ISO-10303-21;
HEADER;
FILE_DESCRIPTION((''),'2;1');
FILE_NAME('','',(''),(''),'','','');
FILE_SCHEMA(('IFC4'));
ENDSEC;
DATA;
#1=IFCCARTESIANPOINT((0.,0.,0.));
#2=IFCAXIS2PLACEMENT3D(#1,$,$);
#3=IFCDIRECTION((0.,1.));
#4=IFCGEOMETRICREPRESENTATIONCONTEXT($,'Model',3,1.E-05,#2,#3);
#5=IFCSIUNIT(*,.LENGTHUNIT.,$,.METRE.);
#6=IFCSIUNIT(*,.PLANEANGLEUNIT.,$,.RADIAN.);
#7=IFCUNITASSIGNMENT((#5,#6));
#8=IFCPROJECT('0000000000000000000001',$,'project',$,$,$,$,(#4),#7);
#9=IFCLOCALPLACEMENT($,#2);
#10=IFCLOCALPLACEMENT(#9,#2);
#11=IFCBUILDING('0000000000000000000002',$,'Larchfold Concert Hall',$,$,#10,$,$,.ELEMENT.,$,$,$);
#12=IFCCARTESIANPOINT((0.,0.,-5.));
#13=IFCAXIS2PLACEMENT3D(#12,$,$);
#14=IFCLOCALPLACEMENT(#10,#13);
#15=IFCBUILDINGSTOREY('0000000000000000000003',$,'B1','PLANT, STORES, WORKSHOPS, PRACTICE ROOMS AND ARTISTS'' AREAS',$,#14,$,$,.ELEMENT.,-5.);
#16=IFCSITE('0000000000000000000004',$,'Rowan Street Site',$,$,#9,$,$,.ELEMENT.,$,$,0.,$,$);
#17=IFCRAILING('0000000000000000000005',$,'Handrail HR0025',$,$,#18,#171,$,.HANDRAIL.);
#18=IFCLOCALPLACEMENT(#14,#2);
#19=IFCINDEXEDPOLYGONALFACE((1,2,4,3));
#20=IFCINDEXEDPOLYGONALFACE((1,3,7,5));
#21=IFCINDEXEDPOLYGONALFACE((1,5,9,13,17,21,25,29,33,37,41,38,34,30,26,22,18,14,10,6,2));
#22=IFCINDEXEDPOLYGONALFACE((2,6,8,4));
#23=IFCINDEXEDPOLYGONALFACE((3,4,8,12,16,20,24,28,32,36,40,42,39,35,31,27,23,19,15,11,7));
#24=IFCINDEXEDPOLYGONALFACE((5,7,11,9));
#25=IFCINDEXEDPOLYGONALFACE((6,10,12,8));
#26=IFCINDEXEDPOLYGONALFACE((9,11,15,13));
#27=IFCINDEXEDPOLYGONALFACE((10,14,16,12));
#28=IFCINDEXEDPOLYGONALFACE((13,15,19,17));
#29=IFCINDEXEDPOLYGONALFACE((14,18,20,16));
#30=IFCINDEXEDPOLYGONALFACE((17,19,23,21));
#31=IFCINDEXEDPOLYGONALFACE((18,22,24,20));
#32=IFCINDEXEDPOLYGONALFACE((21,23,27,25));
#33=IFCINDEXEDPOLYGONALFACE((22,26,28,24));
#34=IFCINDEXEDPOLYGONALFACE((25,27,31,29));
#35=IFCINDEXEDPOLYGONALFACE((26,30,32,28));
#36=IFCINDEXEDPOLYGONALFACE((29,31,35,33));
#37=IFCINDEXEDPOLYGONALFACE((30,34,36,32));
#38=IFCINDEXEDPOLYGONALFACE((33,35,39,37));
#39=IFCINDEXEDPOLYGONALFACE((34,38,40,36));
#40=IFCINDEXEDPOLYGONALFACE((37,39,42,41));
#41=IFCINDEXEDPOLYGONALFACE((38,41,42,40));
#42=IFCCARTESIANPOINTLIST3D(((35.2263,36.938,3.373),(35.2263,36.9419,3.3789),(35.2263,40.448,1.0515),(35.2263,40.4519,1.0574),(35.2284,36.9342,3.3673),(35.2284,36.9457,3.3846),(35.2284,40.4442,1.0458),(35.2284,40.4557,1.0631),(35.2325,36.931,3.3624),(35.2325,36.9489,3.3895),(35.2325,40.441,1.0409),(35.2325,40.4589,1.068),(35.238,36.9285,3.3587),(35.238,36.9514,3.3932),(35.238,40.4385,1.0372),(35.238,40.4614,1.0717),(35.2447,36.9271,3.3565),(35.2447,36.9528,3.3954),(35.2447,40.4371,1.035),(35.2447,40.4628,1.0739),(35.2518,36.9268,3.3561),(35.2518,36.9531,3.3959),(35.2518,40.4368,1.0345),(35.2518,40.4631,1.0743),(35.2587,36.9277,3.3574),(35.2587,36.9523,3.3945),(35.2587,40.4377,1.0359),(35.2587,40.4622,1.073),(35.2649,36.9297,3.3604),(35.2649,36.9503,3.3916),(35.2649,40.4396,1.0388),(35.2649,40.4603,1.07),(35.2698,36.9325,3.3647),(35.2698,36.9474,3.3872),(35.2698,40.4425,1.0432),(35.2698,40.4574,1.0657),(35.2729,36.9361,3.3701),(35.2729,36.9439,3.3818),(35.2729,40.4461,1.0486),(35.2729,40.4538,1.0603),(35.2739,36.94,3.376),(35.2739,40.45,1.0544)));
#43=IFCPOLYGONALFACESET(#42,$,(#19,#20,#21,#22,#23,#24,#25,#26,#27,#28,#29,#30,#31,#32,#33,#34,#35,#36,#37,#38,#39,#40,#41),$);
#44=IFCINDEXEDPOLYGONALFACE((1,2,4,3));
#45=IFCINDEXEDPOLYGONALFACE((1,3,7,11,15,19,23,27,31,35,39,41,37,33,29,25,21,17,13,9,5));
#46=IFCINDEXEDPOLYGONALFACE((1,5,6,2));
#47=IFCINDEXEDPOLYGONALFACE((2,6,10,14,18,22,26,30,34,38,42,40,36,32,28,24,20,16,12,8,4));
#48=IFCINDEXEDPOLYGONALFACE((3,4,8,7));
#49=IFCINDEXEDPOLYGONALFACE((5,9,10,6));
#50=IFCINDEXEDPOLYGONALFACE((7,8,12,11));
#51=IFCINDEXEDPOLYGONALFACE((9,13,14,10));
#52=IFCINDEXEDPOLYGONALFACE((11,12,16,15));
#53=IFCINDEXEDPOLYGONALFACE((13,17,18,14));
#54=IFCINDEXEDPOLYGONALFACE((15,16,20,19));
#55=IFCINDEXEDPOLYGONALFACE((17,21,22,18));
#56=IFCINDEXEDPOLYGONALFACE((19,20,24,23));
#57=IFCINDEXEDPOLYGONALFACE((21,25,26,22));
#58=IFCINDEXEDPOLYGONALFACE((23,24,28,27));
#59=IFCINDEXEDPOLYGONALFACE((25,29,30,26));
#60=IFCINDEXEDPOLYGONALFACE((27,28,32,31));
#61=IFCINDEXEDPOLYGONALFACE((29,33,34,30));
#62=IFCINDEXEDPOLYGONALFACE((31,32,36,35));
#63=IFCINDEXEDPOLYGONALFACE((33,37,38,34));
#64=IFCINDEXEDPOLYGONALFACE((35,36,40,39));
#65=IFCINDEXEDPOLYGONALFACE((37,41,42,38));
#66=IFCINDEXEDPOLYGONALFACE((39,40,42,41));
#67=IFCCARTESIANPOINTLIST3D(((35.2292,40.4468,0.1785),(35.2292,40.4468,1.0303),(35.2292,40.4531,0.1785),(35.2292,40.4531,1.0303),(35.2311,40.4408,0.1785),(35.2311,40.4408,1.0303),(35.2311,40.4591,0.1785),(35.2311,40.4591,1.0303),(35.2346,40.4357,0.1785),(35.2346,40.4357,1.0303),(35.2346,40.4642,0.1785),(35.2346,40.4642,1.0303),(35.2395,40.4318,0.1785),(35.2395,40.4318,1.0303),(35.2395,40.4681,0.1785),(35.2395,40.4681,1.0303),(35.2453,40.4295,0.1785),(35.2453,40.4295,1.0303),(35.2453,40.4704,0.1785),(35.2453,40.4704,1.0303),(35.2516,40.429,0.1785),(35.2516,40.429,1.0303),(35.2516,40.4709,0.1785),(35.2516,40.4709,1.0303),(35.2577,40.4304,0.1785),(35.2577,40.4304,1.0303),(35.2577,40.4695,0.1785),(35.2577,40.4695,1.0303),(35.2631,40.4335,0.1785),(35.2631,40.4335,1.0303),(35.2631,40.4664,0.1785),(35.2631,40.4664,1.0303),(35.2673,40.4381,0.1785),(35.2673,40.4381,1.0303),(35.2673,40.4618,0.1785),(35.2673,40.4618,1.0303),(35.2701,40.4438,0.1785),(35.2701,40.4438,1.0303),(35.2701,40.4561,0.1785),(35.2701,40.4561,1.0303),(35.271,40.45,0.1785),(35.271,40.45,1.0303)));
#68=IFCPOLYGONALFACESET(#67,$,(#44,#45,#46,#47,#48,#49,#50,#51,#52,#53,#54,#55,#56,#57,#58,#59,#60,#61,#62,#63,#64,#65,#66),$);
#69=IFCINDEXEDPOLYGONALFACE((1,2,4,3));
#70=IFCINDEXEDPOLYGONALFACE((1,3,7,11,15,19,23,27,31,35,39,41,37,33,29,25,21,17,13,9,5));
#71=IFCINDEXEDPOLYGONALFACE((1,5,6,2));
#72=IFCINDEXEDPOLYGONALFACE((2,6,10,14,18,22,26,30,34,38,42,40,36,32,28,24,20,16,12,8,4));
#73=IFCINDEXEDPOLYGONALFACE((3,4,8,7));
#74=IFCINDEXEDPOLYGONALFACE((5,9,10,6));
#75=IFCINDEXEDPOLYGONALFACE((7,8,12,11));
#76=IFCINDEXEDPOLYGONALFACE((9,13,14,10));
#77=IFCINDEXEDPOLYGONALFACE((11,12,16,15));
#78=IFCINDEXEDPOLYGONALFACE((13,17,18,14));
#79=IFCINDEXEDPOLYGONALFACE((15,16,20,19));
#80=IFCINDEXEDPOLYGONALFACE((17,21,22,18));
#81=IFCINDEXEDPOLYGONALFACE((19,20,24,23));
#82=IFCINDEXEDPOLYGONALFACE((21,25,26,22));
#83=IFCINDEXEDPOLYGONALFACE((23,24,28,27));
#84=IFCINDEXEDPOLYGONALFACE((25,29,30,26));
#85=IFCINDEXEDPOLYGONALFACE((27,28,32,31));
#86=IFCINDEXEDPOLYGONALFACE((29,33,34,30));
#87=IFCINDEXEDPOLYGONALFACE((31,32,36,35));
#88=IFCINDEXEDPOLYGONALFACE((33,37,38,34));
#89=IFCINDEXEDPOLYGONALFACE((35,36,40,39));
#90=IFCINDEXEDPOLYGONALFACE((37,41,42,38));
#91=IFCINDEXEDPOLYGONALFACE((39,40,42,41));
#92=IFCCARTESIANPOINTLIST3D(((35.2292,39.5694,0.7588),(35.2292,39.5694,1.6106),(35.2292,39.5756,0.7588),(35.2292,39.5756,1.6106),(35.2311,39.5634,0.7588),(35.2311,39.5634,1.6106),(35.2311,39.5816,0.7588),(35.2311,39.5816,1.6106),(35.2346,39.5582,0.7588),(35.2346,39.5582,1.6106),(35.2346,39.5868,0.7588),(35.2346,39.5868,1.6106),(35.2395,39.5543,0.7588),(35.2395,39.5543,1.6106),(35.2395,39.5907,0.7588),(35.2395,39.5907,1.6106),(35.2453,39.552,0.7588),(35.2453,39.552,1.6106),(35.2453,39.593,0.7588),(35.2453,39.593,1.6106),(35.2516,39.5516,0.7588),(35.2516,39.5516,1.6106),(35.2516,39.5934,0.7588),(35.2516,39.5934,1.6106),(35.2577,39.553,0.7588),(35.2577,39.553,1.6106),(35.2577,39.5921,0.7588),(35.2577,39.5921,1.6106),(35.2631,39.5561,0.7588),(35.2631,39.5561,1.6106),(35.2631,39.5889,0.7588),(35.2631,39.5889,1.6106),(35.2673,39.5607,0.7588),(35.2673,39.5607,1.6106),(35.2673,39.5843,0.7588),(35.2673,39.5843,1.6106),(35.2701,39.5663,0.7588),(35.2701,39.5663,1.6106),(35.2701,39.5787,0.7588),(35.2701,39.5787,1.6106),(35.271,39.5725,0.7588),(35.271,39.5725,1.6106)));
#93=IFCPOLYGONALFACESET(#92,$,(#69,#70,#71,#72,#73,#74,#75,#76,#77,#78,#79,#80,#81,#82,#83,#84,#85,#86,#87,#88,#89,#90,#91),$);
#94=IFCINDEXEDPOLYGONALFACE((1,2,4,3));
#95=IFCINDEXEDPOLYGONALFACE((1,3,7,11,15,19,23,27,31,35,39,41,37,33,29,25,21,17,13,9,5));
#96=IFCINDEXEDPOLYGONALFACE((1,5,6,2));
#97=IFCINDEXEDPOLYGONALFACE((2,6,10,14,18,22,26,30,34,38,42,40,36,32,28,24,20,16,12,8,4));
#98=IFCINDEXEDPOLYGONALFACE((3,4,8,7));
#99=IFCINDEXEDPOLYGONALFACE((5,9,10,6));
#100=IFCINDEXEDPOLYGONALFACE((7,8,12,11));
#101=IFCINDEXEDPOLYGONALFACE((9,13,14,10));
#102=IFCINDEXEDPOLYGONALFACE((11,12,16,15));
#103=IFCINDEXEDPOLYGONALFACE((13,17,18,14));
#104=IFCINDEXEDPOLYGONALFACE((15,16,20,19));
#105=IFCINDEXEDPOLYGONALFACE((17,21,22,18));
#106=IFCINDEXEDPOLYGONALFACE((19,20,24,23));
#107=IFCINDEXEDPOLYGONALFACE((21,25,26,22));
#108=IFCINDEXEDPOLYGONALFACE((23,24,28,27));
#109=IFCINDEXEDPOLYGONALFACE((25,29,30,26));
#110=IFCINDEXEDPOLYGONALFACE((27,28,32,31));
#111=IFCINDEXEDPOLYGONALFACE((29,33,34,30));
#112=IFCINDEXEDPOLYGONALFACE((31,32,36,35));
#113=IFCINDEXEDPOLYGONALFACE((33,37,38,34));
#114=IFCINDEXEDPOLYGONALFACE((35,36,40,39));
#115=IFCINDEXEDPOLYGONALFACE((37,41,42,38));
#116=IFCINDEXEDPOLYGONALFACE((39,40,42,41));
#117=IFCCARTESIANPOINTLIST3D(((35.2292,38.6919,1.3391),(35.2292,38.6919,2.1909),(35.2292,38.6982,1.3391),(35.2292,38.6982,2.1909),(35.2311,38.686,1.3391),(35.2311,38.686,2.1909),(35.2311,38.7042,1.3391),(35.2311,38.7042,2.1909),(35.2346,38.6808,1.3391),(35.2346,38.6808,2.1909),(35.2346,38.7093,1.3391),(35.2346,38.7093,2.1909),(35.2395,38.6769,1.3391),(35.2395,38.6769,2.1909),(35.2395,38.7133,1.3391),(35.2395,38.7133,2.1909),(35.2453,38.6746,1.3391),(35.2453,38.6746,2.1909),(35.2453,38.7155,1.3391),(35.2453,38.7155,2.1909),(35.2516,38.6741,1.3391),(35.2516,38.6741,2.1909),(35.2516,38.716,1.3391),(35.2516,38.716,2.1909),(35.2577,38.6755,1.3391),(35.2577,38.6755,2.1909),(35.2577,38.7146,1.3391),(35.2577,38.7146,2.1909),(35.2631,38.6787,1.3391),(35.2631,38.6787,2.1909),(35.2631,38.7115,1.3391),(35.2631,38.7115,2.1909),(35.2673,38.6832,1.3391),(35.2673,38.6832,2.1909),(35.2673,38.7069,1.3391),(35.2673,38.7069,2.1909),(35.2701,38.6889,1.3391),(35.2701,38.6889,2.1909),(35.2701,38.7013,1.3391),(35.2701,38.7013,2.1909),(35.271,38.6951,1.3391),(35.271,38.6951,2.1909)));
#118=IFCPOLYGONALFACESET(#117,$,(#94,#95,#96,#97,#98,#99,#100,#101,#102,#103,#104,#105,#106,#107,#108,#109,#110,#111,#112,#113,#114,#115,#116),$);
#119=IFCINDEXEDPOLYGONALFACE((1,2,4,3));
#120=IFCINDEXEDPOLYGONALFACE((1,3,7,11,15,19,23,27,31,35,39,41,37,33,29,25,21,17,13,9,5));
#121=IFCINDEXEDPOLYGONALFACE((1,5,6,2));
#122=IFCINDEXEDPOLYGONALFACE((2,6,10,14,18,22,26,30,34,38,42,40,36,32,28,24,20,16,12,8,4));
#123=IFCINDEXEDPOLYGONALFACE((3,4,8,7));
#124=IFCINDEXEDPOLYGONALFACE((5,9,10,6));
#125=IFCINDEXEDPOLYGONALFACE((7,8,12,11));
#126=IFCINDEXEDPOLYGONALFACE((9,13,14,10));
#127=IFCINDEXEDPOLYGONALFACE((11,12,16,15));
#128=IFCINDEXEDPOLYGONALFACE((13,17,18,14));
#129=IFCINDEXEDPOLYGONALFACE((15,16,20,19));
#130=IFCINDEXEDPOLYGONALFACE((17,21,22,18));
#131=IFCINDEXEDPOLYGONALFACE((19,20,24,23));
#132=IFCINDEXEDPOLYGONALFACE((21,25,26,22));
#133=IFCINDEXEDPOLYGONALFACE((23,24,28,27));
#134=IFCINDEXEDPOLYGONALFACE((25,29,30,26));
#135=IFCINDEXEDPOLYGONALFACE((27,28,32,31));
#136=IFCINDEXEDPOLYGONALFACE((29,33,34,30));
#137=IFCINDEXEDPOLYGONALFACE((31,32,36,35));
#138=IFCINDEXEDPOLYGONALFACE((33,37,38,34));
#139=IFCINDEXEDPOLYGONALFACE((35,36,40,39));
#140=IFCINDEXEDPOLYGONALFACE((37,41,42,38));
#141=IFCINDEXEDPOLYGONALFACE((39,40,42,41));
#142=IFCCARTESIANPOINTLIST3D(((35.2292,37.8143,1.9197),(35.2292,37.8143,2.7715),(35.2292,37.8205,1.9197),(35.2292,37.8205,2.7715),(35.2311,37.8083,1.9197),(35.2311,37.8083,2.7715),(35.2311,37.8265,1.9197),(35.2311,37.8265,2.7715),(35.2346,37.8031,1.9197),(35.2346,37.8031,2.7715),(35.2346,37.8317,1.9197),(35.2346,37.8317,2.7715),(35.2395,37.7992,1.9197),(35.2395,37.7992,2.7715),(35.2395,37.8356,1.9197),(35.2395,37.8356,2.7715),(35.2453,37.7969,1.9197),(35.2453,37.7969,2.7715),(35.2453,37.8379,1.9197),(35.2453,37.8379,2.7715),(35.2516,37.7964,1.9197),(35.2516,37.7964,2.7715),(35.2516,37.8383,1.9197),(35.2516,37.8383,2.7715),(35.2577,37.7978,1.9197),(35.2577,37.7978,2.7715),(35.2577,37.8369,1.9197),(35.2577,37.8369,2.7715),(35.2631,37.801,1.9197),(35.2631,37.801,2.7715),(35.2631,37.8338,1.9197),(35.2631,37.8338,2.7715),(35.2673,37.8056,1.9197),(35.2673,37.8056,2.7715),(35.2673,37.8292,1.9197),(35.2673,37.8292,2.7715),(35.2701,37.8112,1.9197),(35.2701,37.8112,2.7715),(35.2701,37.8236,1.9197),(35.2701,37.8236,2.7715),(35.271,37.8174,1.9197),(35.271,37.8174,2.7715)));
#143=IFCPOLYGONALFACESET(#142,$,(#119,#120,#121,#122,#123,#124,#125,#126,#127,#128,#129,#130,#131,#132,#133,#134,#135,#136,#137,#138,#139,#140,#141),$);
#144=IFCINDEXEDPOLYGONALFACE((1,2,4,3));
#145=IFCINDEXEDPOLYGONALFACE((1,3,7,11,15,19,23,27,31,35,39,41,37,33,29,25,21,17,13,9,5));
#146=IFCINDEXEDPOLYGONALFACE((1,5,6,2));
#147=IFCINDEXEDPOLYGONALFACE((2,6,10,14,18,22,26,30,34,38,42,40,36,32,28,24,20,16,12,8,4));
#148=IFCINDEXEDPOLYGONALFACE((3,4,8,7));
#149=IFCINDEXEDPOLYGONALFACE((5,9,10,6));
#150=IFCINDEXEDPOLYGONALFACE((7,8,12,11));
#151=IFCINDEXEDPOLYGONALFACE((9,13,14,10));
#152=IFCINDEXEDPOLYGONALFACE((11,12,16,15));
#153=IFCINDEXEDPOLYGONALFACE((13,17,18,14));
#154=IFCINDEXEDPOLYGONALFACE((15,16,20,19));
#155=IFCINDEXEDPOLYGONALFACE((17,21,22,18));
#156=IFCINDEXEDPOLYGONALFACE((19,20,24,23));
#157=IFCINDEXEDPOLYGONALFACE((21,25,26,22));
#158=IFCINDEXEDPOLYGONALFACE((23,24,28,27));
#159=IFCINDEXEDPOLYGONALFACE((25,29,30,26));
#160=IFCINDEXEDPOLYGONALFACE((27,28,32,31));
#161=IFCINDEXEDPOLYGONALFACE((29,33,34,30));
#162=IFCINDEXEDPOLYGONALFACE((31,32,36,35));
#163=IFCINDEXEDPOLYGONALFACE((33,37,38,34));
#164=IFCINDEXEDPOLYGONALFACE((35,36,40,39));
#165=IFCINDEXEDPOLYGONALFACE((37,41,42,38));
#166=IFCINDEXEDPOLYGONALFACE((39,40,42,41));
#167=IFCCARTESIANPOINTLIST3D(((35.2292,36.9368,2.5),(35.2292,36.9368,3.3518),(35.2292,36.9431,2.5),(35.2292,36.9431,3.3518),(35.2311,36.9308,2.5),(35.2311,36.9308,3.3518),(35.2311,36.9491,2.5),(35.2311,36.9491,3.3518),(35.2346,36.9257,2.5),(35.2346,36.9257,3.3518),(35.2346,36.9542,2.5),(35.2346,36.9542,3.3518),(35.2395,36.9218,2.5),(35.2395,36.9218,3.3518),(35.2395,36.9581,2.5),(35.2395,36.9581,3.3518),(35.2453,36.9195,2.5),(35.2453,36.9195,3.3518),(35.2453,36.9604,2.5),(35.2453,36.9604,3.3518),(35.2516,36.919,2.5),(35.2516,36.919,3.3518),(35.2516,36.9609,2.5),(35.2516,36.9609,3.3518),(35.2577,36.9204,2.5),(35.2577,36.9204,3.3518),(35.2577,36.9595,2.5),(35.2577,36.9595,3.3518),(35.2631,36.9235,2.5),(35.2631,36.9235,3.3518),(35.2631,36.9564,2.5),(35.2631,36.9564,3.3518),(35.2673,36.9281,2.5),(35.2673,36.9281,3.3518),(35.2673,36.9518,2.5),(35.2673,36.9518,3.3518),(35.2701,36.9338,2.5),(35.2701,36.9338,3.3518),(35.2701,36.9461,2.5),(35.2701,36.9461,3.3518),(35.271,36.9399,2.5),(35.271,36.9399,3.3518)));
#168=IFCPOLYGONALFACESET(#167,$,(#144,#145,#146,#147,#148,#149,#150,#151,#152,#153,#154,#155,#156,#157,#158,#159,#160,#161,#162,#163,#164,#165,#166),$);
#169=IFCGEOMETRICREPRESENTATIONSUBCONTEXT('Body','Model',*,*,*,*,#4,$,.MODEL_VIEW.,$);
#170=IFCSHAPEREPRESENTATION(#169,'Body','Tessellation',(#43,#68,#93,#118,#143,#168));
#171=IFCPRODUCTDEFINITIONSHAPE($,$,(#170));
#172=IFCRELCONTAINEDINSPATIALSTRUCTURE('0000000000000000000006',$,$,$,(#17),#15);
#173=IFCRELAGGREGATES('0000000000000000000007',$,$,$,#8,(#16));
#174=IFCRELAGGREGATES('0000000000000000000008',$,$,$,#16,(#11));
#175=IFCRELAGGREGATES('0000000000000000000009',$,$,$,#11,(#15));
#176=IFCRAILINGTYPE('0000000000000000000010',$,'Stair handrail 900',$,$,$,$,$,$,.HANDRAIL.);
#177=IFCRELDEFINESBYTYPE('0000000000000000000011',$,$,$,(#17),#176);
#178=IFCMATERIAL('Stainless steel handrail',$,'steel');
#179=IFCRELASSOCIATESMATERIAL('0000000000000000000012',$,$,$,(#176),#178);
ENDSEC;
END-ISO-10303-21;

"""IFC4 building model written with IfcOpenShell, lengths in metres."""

from ifc_helpers import new_model, si_unit, direction, frame, origin, origin_2d, place, context, subcontext, project, spatial, circle, extrude, material, type_object, element, save


model = new_model("IFC4")

# Units and contexts
model_context = context("Model", 3, precision=1e-05, world=origin(), true_north=direction((0.0, 1.0)))
body_context = subcontext(model_context, "Body", "Model", "MODEL_VIEW")
ifc_project = project(units=[si_unit("LENGTHUNIT", "METRE"), si_unit("PLANEANGLEUNIT", "RADIAN")], contexts=[model_context])

# Site, building, storey
site_placement = place(None, origin())
site = spatial("IfcSite", under=ifc_project, at=site_placement, Name="Rowan Street Site", CompositionType="ELEMENT", RefElevation=0.0)
building_placement = place(site_placement, origin())
building = spatial("IfcBuilding", under=site, at=building_placement, Name="Larchfold Concert Hall", CompositionType="ELEMENT")
storey_placement = place(building_placement, frame((0.0, 0.0, -5.0)))
storey = spatial("IfcBuildingStorey", under=building, at=storey_placement, Name="B1", Description="PLANT, STORES, WORKSHOPS, PRACTICE ROOMS AND ARTISTS' AREAS", CompositionType="ELEMENT", Elevation=-5.0)

# Railing
ifc_material_1 = material(Name="Stainless steel handrail", Category="steel")
railing_type_1 = type_object("IfcRailingType", Name="Stair handrail 900", PredefinedType="HANDRAIL", material=ifc_material_1)
railing_1_placement = place(storey_placement, frame((35.25, 40.45, 0.1785)))
element("IfcRailing", 1, at=railing_1_placement, inside=storey, type_object=railing_type_1, Name="Handrail HR0025", PredefinedType="HANDRAIL", context=body_context, shape_type="SweptSolid", body=[
    extrude(circle(Radius=0.0239, at=origin_2d()), frame((0.0, 0.0, 0.876), z_axis=(0.0, -0.834071, 0.551657), x_axis=(1.0, 0.0, 0.0)), (0.0, 0.0, 1.0), 4.2083),
    extrude(circle(Radius=0.021, at=origin_2d()), origin(), (0.0, 0.0, 1.0), 0.8518),
    extrude(circle(Radius=0.021, at=origin_2d()), frame((0.0, -0.8774, 0.5803)), (0.0, 0.0, 1.0), 0.8518),
    extrude(circle(Radius=0.021, at=origin_2d()), frame((0.0, -1.7549, 1.1606)), (0.0, 0.0, 1.0), 0.8518),
    extrude(circle(Radius=0.021, at=origin_2d()), frame((0.0, -2.6326, 1.7412)), (0.0, 0.0, 1.0), 0.8518),
    extrude(circle(Radius=0.021, at=origin_2d()), frame((0.0, -3.51, 2.3215)), (0.0, 0.0, 1.0), 0.8518),
])

save(model, "model.ifc")
